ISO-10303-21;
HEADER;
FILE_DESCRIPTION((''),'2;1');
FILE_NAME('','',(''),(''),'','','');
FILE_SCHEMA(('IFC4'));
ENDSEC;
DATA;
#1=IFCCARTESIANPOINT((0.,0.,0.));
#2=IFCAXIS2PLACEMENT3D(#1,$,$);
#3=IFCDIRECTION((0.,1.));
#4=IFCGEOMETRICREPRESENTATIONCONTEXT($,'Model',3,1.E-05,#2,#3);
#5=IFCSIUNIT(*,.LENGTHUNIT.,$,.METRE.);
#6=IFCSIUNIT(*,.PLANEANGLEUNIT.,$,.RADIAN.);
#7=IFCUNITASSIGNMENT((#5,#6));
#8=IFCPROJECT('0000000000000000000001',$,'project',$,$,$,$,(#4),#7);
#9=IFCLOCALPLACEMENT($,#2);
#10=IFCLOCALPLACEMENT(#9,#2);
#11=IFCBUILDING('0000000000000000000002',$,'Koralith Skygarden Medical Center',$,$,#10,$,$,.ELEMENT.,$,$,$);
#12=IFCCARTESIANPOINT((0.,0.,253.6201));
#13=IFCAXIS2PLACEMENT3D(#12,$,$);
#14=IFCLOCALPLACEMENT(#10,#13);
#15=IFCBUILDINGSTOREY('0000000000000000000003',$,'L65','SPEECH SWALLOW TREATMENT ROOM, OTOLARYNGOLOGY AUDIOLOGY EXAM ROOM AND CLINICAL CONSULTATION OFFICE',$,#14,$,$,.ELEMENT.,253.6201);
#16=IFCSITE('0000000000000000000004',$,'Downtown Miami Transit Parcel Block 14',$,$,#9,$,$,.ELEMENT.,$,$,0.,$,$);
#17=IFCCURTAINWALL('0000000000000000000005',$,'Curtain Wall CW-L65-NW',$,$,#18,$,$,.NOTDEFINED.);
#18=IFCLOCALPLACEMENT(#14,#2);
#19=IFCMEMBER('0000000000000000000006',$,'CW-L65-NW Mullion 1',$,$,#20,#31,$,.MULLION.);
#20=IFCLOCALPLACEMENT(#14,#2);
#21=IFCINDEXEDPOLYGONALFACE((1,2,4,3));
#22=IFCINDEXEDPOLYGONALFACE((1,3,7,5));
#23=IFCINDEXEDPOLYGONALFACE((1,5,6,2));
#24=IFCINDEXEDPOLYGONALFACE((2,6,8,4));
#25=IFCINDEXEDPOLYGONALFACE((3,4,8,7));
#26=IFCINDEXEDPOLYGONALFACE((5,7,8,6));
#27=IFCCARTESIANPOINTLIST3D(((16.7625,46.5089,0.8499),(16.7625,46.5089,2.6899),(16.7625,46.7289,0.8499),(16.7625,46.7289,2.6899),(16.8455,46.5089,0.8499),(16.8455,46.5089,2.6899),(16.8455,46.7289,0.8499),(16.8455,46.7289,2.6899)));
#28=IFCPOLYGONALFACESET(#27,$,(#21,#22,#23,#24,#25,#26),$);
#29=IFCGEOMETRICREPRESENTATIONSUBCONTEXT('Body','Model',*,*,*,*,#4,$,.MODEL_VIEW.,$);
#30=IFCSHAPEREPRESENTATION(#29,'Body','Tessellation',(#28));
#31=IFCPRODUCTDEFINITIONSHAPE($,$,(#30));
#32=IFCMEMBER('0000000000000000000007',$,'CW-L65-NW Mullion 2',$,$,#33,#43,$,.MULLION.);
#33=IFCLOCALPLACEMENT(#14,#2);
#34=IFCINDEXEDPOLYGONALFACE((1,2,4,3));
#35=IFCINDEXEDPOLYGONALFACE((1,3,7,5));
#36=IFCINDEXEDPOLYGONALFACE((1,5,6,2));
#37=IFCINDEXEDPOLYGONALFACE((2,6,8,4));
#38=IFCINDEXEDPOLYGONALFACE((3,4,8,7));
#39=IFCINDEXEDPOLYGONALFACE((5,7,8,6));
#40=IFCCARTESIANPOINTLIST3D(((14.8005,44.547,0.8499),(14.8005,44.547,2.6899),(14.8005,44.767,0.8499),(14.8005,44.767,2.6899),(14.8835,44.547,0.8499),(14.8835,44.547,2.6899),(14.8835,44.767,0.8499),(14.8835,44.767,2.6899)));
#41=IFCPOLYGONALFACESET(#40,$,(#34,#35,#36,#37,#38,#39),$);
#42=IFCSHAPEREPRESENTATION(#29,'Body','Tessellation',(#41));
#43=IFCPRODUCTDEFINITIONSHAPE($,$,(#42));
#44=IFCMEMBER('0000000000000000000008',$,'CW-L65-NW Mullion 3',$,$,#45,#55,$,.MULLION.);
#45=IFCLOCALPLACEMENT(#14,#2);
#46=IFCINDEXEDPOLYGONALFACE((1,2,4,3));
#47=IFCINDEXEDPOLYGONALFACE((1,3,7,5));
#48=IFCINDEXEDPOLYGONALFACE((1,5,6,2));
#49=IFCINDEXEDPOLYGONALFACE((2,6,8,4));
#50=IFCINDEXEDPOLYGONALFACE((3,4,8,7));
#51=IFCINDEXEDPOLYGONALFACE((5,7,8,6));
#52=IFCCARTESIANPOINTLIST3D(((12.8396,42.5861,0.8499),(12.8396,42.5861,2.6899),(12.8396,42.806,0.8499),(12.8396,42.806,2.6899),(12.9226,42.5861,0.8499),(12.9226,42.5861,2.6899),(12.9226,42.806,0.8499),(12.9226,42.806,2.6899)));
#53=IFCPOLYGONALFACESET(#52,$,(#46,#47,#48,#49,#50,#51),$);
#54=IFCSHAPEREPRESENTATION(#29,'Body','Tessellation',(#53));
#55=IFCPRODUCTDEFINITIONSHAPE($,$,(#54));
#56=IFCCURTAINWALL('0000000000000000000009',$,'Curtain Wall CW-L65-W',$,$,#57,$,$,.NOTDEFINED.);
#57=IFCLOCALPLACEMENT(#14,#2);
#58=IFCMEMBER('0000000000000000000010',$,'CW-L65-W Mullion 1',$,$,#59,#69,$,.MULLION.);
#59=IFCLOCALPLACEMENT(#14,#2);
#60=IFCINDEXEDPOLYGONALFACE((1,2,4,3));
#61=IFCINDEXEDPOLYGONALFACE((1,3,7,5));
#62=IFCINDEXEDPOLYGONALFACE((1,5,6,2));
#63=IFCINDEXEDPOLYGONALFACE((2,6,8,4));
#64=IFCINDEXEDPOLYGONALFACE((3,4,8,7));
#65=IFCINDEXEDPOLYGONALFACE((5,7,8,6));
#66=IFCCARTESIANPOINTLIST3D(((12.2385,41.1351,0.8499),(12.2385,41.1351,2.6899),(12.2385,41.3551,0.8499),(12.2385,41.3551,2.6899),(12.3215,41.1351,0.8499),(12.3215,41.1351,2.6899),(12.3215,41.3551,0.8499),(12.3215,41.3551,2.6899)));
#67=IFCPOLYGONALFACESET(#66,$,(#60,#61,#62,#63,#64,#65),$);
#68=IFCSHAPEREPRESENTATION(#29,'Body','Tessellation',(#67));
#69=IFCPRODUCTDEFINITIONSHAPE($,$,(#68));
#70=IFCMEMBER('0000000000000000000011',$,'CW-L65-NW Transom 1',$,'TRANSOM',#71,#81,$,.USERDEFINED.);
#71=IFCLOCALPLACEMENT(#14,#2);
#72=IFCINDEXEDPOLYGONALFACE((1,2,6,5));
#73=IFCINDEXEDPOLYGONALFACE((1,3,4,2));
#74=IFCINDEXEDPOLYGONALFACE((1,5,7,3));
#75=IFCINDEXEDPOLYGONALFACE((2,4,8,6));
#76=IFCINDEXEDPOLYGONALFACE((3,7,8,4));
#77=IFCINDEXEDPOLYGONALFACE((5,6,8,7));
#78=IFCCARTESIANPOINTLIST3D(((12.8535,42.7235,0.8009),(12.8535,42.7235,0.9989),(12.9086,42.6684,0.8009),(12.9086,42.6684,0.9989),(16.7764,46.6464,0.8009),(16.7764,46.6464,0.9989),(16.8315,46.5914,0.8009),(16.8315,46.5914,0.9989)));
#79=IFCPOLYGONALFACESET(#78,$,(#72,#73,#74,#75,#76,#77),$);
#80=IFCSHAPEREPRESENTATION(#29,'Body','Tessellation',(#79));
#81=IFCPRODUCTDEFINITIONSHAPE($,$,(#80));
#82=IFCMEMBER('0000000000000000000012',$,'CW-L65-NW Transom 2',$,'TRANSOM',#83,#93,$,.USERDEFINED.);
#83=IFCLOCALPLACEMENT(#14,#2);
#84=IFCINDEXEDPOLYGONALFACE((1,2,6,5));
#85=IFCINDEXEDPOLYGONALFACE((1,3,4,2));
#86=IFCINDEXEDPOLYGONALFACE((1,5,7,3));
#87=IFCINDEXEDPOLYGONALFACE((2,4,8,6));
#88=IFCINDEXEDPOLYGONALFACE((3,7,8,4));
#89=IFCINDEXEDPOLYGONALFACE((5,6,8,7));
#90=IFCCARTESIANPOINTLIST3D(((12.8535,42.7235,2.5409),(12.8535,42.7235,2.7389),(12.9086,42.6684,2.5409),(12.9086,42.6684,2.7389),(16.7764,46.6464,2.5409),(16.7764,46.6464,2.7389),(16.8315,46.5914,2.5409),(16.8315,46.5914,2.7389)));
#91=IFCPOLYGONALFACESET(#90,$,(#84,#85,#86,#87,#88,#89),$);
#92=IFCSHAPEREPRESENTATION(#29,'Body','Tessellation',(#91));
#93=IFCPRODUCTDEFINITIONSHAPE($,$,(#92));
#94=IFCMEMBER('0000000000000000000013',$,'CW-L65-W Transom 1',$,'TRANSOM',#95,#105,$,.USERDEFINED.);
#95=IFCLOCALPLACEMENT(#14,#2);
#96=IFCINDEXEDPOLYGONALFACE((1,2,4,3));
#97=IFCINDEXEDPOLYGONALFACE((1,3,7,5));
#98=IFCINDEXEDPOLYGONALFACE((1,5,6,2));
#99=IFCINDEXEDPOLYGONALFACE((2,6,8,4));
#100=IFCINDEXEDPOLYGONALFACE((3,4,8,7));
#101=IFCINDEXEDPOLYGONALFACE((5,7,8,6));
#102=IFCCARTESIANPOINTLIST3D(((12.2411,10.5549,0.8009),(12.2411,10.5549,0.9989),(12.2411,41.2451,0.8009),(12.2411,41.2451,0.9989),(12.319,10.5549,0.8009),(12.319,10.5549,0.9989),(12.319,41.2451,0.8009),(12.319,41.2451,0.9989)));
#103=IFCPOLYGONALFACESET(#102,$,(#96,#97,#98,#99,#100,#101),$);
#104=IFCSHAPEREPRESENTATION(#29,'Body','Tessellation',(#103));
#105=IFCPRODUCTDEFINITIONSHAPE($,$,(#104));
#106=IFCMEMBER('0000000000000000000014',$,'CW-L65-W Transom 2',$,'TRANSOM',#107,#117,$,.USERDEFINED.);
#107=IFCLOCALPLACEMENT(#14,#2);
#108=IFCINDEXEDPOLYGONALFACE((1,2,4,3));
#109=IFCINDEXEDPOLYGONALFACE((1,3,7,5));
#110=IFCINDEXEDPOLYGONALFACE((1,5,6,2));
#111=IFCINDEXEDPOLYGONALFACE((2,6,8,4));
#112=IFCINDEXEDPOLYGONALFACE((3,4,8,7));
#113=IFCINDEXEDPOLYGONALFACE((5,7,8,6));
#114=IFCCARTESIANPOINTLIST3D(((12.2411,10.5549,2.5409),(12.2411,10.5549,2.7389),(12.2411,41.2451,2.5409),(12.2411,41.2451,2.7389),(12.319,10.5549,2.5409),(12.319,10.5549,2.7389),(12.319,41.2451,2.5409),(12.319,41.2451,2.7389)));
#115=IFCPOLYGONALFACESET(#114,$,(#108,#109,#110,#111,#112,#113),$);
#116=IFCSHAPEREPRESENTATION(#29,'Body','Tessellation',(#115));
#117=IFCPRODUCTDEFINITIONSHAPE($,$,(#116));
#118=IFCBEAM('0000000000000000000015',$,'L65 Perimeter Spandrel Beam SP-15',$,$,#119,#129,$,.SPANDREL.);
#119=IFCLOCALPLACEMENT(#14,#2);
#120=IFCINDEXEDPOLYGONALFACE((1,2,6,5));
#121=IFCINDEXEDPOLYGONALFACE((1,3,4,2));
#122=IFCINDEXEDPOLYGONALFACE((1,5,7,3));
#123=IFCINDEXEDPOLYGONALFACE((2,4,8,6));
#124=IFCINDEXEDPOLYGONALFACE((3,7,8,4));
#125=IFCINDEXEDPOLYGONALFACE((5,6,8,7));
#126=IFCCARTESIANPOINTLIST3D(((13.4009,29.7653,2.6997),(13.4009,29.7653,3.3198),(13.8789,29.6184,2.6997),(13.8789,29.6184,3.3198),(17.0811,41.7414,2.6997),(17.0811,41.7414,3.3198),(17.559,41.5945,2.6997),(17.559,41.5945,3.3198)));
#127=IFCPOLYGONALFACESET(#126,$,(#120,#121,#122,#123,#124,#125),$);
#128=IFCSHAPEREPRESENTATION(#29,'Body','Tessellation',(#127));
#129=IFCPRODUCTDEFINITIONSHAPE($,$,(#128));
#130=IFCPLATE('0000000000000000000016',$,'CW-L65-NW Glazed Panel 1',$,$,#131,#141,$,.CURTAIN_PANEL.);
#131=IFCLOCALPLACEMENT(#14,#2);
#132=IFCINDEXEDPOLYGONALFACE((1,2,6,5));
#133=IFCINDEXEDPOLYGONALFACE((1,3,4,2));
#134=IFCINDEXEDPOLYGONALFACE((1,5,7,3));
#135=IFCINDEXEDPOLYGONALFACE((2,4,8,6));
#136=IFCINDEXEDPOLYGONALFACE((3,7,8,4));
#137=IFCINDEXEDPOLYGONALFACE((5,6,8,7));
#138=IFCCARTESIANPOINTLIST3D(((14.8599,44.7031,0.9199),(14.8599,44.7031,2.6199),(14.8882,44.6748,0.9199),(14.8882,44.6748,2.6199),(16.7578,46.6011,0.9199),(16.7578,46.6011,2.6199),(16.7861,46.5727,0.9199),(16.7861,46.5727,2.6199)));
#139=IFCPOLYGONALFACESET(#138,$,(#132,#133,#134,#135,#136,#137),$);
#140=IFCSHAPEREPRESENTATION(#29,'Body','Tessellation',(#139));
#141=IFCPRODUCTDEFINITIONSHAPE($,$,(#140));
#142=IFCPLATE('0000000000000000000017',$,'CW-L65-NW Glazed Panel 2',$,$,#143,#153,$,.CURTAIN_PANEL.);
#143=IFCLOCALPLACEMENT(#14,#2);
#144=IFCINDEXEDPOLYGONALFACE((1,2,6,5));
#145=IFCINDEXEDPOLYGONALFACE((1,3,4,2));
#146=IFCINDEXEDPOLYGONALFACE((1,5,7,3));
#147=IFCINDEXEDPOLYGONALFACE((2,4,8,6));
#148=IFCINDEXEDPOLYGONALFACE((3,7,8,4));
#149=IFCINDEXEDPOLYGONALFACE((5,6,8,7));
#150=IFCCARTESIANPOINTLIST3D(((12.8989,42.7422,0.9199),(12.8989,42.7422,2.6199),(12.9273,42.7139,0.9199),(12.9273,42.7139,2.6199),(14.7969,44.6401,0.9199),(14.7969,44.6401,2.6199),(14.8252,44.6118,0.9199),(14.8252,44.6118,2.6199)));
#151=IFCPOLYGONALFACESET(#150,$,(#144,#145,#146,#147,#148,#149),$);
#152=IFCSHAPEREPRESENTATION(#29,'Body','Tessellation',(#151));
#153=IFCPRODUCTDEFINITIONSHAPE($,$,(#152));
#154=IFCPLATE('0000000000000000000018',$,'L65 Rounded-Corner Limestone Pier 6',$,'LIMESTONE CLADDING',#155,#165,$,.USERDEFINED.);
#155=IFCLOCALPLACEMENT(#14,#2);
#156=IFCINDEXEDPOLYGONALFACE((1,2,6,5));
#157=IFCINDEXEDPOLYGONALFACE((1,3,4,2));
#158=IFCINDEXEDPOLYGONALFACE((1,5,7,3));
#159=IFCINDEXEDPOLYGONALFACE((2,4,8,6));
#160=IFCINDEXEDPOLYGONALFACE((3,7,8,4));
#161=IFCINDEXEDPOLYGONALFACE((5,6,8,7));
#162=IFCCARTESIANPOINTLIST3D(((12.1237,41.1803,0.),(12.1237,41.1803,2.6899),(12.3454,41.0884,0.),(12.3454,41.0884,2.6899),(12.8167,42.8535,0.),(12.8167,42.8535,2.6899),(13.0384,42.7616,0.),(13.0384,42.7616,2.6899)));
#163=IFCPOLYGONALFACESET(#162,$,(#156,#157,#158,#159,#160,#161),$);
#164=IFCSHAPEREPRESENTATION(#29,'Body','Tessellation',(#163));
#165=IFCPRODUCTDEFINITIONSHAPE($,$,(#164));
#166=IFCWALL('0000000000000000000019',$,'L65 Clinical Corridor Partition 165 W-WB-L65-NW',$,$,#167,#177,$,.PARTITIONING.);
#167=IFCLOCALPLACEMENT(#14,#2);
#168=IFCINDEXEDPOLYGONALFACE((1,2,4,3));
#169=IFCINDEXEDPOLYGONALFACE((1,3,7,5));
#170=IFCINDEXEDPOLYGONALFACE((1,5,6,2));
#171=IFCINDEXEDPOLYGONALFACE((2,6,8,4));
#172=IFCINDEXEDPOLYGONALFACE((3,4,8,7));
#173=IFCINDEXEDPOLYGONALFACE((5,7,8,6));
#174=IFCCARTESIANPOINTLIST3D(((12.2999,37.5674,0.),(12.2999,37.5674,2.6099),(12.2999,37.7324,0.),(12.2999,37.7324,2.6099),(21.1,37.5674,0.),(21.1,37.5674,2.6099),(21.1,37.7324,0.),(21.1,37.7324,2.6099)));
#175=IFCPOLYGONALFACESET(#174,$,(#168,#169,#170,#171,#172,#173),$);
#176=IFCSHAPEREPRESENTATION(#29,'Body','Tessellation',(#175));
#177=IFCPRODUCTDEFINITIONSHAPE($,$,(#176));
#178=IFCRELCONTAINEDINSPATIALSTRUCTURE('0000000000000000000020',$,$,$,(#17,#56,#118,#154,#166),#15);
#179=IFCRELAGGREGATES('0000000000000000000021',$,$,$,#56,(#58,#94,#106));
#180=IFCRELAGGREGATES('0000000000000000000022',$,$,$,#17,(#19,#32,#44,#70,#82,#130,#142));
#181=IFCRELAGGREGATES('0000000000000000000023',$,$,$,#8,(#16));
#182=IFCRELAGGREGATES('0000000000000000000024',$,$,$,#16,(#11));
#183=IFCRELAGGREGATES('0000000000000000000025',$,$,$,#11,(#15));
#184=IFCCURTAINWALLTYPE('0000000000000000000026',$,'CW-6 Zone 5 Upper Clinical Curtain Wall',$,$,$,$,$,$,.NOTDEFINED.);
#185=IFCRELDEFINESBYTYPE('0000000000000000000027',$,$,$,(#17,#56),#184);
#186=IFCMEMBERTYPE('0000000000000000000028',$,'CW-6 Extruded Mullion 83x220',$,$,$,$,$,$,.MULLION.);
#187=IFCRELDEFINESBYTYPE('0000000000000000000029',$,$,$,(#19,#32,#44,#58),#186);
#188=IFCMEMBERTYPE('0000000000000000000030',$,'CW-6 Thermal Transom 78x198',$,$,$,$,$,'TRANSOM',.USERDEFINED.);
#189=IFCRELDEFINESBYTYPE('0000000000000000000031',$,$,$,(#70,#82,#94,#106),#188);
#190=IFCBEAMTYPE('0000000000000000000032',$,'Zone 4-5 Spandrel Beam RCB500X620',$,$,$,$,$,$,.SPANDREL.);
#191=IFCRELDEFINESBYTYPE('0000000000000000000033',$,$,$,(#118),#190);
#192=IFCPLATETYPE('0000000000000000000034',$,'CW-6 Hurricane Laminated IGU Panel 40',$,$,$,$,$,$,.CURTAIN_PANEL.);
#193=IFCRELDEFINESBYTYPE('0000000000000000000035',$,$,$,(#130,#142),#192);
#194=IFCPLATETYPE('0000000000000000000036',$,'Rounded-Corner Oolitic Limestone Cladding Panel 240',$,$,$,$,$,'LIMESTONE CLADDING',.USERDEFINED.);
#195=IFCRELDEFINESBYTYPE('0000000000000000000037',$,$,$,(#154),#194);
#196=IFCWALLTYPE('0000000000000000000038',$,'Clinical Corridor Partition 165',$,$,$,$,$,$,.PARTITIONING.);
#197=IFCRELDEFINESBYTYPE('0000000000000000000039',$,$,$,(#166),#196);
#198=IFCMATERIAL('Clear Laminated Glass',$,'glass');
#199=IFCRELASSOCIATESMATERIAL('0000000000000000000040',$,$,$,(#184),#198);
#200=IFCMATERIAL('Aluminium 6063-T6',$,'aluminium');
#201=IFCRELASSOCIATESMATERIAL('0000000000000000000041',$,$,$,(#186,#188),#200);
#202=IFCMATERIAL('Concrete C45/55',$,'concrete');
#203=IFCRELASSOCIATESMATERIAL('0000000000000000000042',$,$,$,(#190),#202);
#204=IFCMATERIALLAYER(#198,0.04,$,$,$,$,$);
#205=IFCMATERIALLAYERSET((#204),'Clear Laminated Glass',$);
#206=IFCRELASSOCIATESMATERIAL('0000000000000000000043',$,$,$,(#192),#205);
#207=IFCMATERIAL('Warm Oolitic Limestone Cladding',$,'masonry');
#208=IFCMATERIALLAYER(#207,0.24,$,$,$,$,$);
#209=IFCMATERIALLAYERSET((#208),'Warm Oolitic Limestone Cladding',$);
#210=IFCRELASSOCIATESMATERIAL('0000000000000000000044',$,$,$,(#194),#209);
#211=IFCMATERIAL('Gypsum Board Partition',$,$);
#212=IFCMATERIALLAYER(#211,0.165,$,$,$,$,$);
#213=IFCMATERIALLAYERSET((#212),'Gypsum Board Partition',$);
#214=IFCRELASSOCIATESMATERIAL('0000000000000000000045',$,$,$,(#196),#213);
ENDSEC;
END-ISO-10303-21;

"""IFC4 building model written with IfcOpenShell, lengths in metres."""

from ifc_helpers import new_model, si_unit, direction, frame, frame_2d, origin, origin_2d, place, context, subcontext, project, spatial, rectangle, extrude, material, layer, layer_set, material_profile, profile_set, type_object, element, aggregate, save


model = new_model("IFC4")

# Units and contexts
model_context = context("Model", 3, precision=1e-05, world=origin(), true_north=direction((0.0, 1.0)))
body_context = subcontext(model_context, "Body", "Model", "MODEL_VIEW")
ifc_project = project(units=[si_unit("LENGTHUNIT", "METRE"), si_unit("PLANEANGLEUNIT", "RADIAN")], contexts=[model_context])

# Site, building, storey
site_placement = place(None, origin())
site = spatial("IfcSite", under=ifc_project, at=site_placement, Name="Downtown Miami Transit Parcel Block 14", CompositionType="ELEMENT", RefElevation=0.0)
building_placement = place(site_placement, origin())
building = spatial("IfcBuilding", under=site, at=building_placement, Name="Koralith Skygarden Medical Center", CompositionType="ELEMENT")
storey_placement = place(building_placement, frame((0.0, 0.0, 253.6201)))
storey = spatial("IfcBuildingStorey", under=building, at=storey_placement, Name="L65", Description="SPEECH SWALLOW TREATMENT ROOM, OTOLARYNGOLOGY AUDIOLOGY EXAM ROOM AND CLINICAL CONSULTATION OFFICE", CompositionType="ELEMENT", Elevation=253.6201)

# Curtain wall, members
ifc_material_1 = material(Name="Clear Laminated Glass", Category="glass")
curtain_wall_type = type_object("IfcCurtainWallType", Name="CW-6 Zone 5 Upper Clinical Curtain Wall", PredefinedType="NOTDEFINED", material=ifc_material_1)
curtain_wall_1_placement = place(storey_placement, origin())
curtain_wall_1 = element("IfcCurtainWall", 1, at=curtain_wall_1_placement, inside=storey, type_object=curtain_wall_type, Name="Curtain Wall CW-L65-NW", PredefinedType="NOTDEFINED")
ifc_material_2 = material(Name="Aluminium 6063-T6", Category="aluminium")
ifc_material_profile_1 = material_profile(ifc_material_2, rectangle(XDim=0.083, YDim=0.22, at=origin_2d()), Name="MUL83X220")
ifc_profile_set_1 = profile_set([ifc_material_profile_1], Name="Aluminium 6063-T6")
member_type_1 = type_object("IfcMemberType", Name="CW-6 Extruded Mullion 83x220", PredefinedType="MULLION", material=ifc_profile_set_1)
member_1_placement = place(storey_placement, frame((16.804, 46.6189, 0.8499), z_axis=(0.0, 0.0, 1.0), x_axis=(1.0, 0.0, 0.0)))
member_1 = element("IfcMember", 2, at=member_1_placement, type_object=member_type_1, Name="CW-L65-NW Mullion 1", PredefinedType="MULLION", context=body_context, shape_type="SweptSolid", body=[
    extrude(rectangle(XDim=0.083, YDim=0.22, at=origin_2d()), origin(), (0.0, 0.0, 1.0), 1.8401),
])
member_2_placement = place(storey_placement, frame((14.842, 44.657, 0.8499), z_axis=(0.0, 0.0, 1.0), x_axis=(1.0, 0.0, 0.0)))
member_2 = element("IfcMember", 3, at=member_2_placement, type_object=member_type_1, Name="CW-L65-NW Mullion 2", PredefinedType="MULLION", context=body_context, shape_type="SweptSolid", body=[
    extrude(rectangle(XDim=0.083, YDim=0.22, at=origin_2d()), origin(), (0.0, 0.0, 1.0), 1.8401),
])
member_3_placement = place(storey_placement, frame((12.8811, 42.696, 0.8499), z_axis=(0.0, 0.0, 1.0), x_axis=(1.0, 0.0, 0.0)))
member_3 = element("IfcMember", 4, at=member_3_placement, type_object=member_type_1, Name="CW-L65-NW Mullion 3", PredefinedType="MULLION", context=body_context, shape_type="SweptSolid", body=[
    extrude(rectangle(XDim=0.083, YDim=0.22, at=origin_2d()), origin(), (0.0, 0.0, 1.0), 1.8401),
])

# Curtain wall, member
curtain_wall_2_placement = place(storey_placement, origin())
curtain_wall_2 = element("IfcCurtainWall", 5, at=curtain_wall_2_placement, inside=storey, type_object=curtain_wall_type, Name="Curtain Wall CW-L65-W", PredefinedType="NOTDEFINED")
member_4_placement = place(storey_placement, frame((12.28, 41.2451, 0.8499), z_axis=(0.0, 0.0, 1.0), x_axis=(1.0, 0.0, 0.0)))
member_4 = element("IfcMember", 6, at=member_4_placement, type_object=member_type_1, Name="CW-L65-W Mullion 1", PredefinedType="MULLION", context=body_context, shape_type="SweptSolid", body=[
    extrude(rectangle(XDim=0.083, YDim=0.22, at=origin_2d()), origin(), (0.0, 0.0, 1.0), 1.8401),
])

# Members
ifc_material_profile_2 = material_profile(ifc_material_2, rectangle(XDim=0.0779, YDim=0.198, at=origin_2d()), Name="TRN78X198")
ifc_profile_set_2 = profile_set([ifc_material_profile_2], Name="Aluminium 6063-T6")
member_type_2 = type_object("IfcMemberType", Name="CW-6 Thermal Transom 78x198", ElementType="TRANSOM", PredefinedType="USERDEFINED", material=ifc_profile_set_2)
member_5_placement = place(storey_placement, frame((16.804, 46.6189, 0.8999), z_axis=(-0.707107, -0.707107, 0.0), x_axis=(0.707107, -0.707107, 0.0)))
member_5 = element("IfcMember", 7, at=member_5_placement, type_object=member_type_2, Name="CW-L65-NW Transom 1", ObjectType="TRANSOM", PredefinedType="USERDEFINED", context=body_context, shape_type="SweptSolid", body=[
    extrude(rectangle(XDim=0.0779, YDim=0.198, at=origin_2d()), origin(), (0.0, 0.0, 1.0), 5.5479),
])
member_6_placement = place(storey_placement, frame((16.804, 46.6189, 2.6399), z_axis=(-0.707107, -0.707107, 0.0), x_axis=(0.707107, -0.707107, 0.0)))
member_6 = element("IfcMember", 8, at=member_6_placement, type_object=member_type_2, Name="CW-L65-NW Transom 2", ObjectType="TRANSOM", PredefinedType="USERDEFINED", context=body_context, shape_type="SweptSolid", body=[
    extrude(rectangle(XDim=0.0779, YDim=0.198, at=origin_2d()), origin(), (0.0, 0.0, 1.0), 5.5479),
])
member_7_placement = place(storey_placement, frame((12.28, 41.2451, 0.8999), z_axis=(0.0, -1.0, 0.0), x_axis=(1.0, 0.0, 0.0)))
member_7 = element("IfcMember", 9, at=member_7_placement, type_object=member_type_2, Name="CW-L65-W Transom 1", ObjectType="TRANSOM", PredefinedType="USERDEFINED", context=body_context, shape_type="SweptSolid", body=[
    extrude(rectangle(XDim=0.0779, YDim=0.198, at=origin_2d()), origin(), (0.0, 0.0, 1.0), 30.6902),
])
member_8_placement = place(storey_placement, frame((12.28, 41.2451, 2.6399), z_axis=(0.0, -1.0, 0.0), x_axis=(1.0, 0.0, 0.0)))
member_8 = element("IfcMember", 10, at=member_8_placement, type_object=member_type_2, Name="CW-L65-W Transom 2", ObjectType="TRANSOM", PredefinedType="USERDEFINED", context=body_context, shape_type="SweptSolid", body=[
    extrude(rectangle(XDim=0.0779, YDim=0.198, at=origin_2d()), origin(), (0.0, 0.0, 1.0), 30.6902),
])
aggregate(curtain_wall_2, [member_4, member_7, member_8])

# Beam
ifc_material_3 = material(Name="Concrete C45/55", Category="concrete")
ifc_material_profile_3 = material_profile(ifc_material_3, rectangle(XDim=0.5, YDim=0.6201, at=origin_2d()), Name="RCB500X620")
ifc_profile_set_3 = profile_set([ifc_material_profile_3], Name="Concrete C45/55")
beam_type = type_object("IfcBeamType", Name="Zone 4-5 Spandrel Beam RCB500X620", PredefinedType="SPANDREL", material=ifc_profile_set_3)
beam_placement = place(storey_placement, frame((17.3201, 41.668, 3.0098), z_axis=(-0.293738, -0.955886, 0.0), x_axis=(0.955886, -0.293738, 0.0)))
element("IfcBeam", 11, at=beam_placement, inside=storey, type_object=beam_type, Name="L65 Perimeter Spandrel Beam SP-15", PredefinedType="SPANDREL", context=body_context, shape_type="SweptSolid", body=[
    extrude(rectangle(XDim=0.5, YDim=0.6201, at=origin_2d()), origin(), (0.0, 0.0, 1.0), 12.5288),
])

# Plates
ifc_layer_1 = layer(ifc_material_1, 0.04)
ifc_layer_set_1 = layer_set([ifc_layer_1], Name="Clear Laminated Glass")
plate_type_1 = type_object("IfcPlateType", Name="CW-6 Hurricane Laminated IGU Panel 40", PredefinedType="CURTAIN_PANEL", material=ifc_layer_set_1)
plate_1_placement = place(storey_placement, frame((15.823, 45.6379, 0.9199), z_axis=(0.0, 0.0, 1.0), x_axis=(-0.707107, -0.707107, 0.0)))
plate_1 = element("IfcPlate", 12, at=plate_1_placement, type_object=plate_type_1, Name="CW-L65-NW Glazed Panel 1", PredefinedType="CURTAIN_PANEL", context=body_context, shape_type="SweptSolid", body=[
    extrude(rectangle(XDim=2.6841, YDim=0.04, at=origin_2d()), origin(), (0.0, 0.0, 1.0), 1.7),
])
plate_2_placement = place(storey_placement, frame((13.8621, 43.677, 0.9199), z_axis=(0.0, 0.0, 1.0), x_axis=(-0.707107, -0.707107, 0.0)))
plate_2 = element("IfcPlate", 13, at=plate_2_placement, type_object=plate_type_1, Name="CW-L65-NW Glazed Panel 2", PredefinedType="CURTAIN_PANEL", context=body_context, shape_type="SweptSolid", body=[
    extrude(rectangle(XDim=2.6841, YDim=0.04, at=origin_2d()), origin(), (0.0, 0.0, 1.0), 1.7),
])
aggregate(curtain_wall_1, [member_1, member_2, member_3, member_5, member_6, plate_1, plate_2])
ifc_material_4 = material(Name="Warm Oolitic Limestone Cladding", Category="masonry")
ifc_layer_2 = layer(ifc_material_4, 0.24)
ifc_layer_set_2 = layer_set([ifc_layer_2], Name="Warm Oolitic Limestone Cladding")
plate_type_2 = type_object("IfcPlateType", Name="Rounded-Corner Oolitic Limestone Cladding Panel 240", ElementType="LIMESTONE CLADDING", PredefinedType="USERDEFINED", material=ifc_layer_set_2)
plate_3_placement = place(storey_placement, frame((12.5811, 41.9709, 0.0), z_axis=(0.0, 0.0, 1.0), x_axis=(-0.382671, -0.923885, 0.0)))
element("IfcPlate", 14, at=plate_3_placement, inside=storey, type_object=plate_type_2, Name="L65 Rounded-Corner Limestone Pier 6", ObjectType="LIMESTONE CLADDING", PredefinedType="USERDEFINED", context=body_context, shape_type="SweptSolid", body=[
    extrude(rectangle(XDim=1.811, YDim=0.24, at=origin_2d()), origin(), (0.0, 0.0, 1.0), 2.6899),
])

# Wall
ifc_material_5 = material(Name="Gypsum Board Partition")
ifc_layer_3 = layer(ifc_material_5, 0.165)
ifc_layer_set_3 = layer_set([ifc_layer_3], Name="Gypsum Board Partition")
wall_type_1 = type_object("IfcWallType", Name="Clinical Corridor Partition 165", PredefinedType="PARTITIONING", material=ifc_layer_set_3)
wall_1_placement = place(storey_placement, frame((12.3, 37.6499, 0.0), z_axis=(0.0, 0.0, 1.0), x_axis=(1.0, 0.0, 0.0)))
element("IfcWall", 15, at=wall_1_placement, inside=storey, type_object=wall_type_1, Name="L65 Clinical Corridor Partition 165 W-WB-L65-NW", PredefinedType="PARTITIONING", context=body_context, shape_type="SweptSolid", body=[
    extrude(rectangle(XDim=8.8, YDim=0.165, at=frame_2d((4.3999, 0.0))), origin(), (0.0, 0.0, 1.0), 2.6099),
])

save(model, "model.ifc")
